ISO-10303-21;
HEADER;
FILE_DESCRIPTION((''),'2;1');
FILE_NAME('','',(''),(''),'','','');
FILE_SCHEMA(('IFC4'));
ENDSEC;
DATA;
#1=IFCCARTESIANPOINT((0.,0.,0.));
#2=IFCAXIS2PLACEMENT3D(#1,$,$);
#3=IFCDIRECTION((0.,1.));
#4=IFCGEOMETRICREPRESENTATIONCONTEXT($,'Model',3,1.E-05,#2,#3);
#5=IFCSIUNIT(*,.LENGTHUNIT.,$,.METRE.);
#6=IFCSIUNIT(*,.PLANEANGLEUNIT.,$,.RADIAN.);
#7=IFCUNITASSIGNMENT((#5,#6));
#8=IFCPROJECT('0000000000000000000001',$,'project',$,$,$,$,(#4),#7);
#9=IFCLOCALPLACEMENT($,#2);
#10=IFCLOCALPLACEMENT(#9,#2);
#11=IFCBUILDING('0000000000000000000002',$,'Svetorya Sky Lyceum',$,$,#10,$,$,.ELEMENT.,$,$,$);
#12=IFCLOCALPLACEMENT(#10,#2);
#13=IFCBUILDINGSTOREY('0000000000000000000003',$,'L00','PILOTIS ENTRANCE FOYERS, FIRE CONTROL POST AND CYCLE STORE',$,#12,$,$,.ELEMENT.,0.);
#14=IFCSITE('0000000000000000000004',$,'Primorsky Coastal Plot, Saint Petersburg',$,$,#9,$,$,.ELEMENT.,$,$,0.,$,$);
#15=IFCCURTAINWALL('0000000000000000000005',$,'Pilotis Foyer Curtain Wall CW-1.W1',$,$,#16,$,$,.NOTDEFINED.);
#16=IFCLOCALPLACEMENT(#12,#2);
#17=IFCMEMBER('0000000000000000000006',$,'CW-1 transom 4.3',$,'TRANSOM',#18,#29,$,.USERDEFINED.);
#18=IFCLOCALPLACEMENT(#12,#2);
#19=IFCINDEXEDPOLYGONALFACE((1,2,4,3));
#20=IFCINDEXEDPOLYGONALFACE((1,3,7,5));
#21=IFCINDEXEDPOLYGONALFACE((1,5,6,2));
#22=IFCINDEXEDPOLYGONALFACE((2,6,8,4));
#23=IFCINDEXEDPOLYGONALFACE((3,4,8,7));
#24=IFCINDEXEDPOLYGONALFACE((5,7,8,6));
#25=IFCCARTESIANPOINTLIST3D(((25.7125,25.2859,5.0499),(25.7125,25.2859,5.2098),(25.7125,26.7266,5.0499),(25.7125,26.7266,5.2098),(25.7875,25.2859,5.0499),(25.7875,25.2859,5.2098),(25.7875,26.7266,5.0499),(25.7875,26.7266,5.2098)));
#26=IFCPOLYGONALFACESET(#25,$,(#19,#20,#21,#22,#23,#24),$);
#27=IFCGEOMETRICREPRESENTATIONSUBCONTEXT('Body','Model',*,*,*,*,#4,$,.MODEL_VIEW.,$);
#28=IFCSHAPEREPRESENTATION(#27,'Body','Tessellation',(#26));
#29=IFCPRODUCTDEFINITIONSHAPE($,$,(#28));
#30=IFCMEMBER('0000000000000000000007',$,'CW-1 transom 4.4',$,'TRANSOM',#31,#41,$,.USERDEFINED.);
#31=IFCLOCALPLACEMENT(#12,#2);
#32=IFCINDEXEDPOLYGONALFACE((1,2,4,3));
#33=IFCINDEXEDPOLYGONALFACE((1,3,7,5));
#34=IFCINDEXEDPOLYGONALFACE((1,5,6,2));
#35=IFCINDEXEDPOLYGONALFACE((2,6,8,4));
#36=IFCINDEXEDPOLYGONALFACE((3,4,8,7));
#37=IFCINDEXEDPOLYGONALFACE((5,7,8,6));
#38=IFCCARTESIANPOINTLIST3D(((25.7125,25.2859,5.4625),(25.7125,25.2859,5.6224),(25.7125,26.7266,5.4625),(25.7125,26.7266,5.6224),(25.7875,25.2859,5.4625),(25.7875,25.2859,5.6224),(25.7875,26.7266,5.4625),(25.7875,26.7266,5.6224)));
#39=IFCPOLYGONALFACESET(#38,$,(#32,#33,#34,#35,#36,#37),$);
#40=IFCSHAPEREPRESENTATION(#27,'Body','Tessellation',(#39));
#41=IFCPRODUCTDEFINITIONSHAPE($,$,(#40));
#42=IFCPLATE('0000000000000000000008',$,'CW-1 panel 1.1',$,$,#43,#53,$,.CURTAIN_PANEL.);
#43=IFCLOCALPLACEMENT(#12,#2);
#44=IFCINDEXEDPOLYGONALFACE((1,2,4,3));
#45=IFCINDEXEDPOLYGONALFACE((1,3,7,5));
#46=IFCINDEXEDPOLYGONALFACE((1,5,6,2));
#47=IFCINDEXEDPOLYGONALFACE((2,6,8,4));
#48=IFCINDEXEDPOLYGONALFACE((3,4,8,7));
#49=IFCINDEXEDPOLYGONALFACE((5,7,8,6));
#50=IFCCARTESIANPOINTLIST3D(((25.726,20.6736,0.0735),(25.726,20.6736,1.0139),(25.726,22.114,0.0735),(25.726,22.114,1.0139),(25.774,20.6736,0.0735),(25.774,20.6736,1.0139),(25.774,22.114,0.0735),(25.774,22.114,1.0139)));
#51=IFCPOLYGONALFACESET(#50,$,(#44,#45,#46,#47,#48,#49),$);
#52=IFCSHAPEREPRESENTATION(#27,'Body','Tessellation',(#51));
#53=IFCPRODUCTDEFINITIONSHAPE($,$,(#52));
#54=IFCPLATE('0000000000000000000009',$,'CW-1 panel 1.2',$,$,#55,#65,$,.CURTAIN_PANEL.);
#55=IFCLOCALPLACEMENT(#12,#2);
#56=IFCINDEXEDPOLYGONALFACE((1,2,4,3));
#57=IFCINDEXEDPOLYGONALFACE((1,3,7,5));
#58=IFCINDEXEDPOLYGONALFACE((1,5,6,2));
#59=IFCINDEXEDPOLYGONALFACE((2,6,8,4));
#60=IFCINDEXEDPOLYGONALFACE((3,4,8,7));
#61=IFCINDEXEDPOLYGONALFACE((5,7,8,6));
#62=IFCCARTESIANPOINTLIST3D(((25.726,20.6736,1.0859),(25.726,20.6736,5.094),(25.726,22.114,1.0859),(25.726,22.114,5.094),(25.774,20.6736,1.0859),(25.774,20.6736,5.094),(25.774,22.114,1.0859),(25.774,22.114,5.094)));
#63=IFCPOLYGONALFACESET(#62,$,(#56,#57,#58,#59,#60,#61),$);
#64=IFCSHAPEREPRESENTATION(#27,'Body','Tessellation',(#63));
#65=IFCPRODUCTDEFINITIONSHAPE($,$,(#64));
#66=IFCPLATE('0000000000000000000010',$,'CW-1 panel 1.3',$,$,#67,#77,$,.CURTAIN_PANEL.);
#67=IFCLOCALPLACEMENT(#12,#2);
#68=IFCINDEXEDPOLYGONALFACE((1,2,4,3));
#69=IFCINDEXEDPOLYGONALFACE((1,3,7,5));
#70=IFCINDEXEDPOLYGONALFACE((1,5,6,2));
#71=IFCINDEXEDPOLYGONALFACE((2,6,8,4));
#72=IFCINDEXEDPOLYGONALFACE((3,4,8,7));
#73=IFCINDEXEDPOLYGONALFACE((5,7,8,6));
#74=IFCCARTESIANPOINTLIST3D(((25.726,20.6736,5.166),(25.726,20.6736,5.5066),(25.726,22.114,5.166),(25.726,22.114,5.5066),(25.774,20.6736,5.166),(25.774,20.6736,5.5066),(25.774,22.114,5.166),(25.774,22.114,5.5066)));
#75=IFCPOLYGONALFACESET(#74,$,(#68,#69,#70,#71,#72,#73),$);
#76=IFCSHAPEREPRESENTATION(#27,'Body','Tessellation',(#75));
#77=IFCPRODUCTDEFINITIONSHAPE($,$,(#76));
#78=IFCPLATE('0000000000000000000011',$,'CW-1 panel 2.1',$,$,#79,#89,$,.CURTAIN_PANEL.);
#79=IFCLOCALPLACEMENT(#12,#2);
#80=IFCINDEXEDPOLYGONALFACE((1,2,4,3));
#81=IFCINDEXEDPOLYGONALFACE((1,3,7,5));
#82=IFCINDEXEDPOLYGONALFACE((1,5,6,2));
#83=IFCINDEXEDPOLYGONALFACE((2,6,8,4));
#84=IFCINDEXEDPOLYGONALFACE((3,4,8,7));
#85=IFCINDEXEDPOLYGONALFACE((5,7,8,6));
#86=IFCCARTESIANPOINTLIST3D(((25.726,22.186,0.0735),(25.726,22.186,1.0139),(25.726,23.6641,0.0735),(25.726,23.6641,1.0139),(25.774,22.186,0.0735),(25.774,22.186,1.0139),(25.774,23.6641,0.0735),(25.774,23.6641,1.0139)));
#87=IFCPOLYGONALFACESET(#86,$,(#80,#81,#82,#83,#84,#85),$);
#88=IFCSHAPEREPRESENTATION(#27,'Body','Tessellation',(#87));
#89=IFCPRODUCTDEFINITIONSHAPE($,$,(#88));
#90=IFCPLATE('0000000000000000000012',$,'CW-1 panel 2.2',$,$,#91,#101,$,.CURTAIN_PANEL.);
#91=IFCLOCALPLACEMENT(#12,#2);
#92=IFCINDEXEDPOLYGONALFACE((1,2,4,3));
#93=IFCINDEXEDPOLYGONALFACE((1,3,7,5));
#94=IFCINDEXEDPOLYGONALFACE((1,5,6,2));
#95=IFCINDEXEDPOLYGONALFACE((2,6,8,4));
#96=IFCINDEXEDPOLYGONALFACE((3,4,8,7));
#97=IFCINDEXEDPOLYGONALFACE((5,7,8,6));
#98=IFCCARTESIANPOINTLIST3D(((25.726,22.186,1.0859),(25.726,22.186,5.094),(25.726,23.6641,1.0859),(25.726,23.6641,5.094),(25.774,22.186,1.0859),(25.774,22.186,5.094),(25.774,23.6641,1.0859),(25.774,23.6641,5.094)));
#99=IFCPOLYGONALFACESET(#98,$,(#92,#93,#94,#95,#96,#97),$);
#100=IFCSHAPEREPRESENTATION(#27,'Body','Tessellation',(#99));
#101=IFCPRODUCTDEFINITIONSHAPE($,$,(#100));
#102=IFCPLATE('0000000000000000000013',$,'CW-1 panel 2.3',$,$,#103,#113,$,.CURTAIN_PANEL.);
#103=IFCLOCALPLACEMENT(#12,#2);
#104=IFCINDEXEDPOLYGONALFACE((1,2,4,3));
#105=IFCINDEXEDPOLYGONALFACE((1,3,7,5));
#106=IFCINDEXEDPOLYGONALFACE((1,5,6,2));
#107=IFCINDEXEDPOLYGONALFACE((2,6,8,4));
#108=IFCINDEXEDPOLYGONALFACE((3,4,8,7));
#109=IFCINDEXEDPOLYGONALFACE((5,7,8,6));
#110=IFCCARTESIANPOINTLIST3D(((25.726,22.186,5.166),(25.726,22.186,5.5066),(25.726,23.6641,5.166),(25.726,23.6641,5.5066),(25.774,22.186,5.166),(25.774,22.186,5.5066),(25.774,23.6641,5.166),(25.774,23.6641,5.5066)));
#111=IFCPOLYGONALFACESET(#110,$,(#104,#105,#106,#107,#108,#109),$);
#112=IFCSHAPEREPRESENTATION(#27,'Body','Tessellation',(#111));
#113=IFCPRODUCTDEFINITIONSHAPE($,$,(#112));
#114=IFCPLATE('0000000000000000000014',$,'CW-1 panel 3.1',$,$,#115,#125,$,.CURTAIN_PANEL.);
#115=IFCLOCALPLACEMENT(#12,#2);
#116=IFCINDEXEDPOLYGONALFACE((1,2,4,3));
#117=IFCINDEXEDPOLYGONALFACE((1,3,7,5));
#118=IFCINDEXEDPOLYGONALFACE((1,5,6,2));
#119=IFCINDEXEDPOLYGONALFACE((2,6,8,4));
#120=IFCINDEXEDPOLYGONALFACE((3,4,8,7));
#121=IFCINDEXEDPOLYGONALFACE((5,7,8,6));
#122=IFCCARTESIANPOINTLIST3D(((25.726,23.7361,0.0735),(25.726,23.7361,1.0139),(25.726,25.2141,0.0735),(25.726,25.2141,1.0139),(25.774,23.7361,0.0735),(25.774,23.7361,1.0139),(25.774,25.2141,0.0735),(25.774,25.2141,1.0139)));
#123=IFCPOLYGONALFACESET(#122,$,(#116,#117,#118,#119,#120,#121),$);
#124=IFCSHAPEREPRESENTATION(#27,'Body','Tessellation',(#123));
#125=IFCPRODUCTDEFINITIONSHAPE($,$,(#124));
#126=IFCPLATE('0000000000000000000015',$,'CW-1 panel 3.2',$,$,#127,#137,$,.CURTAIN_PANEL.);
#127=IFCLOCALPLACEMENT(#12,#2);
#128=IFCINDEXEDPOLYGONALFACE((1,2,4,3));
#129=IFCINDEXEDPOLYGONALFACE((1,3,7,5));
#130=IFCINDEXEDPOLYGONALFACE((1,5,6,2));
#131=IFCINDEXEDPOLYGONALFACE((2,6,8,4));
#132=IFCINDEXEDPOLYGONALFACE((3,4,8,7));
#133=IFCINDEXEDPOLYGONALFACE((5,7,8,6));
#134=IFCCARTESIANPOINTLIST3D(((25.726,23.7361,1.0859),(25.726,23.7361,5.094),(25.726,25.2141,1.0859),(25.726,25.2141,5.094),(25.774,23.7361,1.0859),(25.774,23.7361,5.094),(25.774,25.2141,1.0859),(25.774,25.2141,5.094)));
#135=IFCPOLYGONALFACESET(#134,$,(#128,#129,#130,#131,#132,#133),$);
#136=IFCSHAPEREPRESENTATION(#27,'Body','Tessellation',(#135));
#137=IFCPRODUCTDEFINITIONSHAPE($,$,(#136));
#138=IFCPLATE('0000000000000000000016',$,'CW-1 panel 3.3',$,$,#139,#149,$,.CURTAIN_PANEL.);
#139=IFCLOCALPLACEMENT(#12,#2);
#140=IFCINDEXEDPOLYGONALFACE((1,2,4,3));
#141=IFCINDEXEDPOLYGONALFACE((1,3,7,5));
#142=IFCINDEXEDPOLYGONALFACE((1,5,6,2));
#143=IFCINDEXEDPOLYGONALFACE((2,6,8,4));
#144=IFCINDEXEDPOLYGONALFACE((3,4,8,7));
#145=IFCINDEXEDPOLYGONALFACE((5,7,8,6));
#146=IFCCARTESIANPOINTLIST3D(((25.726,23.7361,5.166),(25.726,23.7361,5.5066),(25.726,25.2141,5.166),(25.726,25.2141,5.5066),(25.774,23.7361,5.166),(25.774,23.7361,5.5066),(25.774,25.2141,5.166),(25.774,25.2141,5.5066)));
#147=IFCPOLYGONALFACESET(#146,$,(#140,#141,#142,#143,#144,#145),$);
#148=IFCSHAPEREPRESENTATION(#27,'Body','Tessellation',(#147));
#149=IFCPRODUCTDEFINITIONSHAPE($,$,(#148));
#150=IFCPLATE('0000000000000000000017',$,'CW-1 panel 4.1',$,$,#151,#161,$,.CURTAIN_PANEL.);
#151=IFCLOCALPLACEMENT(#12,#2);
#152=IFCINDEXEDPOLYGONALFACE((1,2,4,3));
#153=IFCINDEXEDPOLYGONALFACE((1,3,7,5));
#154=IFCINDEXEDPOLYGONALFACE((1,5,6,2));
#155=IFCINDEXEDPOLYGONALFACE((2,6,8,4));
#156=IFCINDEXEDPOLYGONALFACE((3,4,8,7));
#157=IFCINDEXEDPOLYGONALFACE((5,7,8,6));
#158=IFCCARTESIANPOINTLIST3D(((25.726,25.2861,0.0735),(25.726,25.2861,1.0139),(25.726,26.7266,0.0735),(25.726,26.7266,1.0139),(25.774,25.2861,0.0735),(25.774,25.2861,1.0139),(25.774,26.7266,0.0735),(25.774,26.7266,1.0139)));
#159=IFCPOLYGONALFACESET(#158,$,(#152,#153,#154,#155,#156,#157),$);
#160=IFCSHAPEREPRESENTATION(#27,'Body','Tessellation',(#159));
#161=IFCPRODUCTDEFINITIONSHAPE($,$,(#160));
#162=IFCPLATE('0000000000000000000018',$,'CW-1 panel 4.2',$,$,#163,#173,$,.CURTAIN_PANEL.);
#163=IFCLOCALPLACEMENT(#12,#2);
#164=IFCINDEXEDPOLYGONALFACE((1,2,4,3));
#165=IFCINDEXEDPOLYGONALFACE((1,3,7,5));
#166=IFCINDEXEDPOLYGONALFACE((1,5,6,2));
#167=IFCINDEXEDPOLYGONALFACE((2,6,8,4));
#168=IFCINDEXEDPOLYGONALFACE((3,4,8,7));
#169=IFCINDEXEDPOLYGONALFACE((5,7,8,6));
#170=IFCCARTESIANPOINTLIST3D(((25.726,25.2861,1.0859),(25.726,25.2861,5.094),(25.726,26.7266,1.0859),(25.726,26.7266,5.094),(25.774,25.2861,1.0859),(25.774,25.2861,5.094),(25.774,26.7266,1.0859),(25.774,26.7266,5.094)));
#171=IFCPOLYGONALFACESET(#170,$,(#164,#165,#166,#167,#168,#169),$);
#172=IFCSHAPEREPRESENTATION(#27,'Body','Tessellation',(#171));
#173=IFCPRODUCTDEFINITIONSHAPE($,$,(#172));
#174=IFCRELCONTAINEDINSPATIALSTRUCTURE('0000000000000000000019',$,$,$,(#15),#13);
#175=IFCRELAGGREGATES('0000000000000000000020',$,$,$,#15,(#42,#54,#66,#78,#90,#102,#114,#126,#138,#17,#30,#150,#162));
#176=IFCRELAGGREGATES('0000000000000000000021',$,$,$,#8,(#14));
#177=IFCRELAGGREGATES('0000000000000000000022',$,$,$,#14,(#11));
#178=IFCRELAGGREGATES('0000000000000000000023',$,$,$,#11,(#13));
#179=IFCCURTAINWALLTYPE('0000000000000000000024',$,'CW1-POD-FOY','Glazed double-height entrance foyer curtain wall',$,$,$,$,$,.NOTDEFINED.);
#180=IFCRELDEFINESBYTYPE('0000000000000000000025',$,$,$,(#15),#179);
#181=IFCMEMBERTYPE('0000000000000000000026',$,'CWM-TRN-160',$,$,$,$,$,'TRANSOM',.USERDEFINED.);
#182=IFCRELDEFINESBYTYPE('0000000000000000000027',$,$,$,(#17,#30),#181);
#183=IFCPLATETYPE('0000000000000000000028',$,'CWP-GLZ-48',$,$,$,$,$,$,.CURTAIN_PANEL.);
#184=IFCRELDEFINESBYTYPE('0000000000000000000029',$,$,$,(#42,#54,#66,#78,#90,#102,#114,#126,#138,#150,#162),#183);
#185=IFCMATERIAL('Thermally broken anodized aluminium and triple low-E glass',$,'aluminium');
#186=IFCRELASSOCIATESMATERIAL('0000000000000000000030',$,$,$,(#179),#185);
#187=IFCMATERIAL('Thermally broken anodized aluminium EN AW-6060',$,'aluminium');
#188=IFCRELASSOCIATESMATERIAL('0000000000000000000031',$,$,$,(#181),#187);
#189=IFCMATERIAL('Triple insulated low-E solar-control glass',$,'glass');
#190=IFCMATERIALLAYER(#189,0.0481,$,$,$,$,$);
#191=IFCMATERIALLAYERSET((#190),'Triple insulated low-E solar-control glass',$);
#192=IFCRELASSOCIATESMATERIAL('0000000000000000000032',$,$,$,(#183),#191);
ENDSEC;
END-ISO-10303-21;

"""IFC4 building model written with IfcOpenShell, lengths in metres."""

from ifc_helpers import new_model, si_unit, direction, frame, origin, origin_2d, place, context, subcontext, project, spatial, rectangle, extrude, material, layer, layer_set, material_profile, profile_set, type_object, element, aggregate, save


model = new_model("IFC4")

# Units and contexts
model_context = context("Model", 3, precision=1e-05, world=origin(), true_north=direction((0.0, 1.0)))
body_context = subcontext(model_context, "Body", "Model", "MODEL_VIEW")
ifc_project = project(units=[si_unit("LENGTHUNIT", "METRE"), si_unit("PLANEANGLEUNIT", "RADIAN")], contexts=[model_context])

# Site, building, storey
site_placement = place(None, origin())
site = spatial("IfcSite", under=ifc_project, at=site_placement, Name="Primorsky Coastal Plot, Saint Petersburg", CompositionType="ELEMENT", RefElevation=0.0)
building_placement = place(site_placement, origin())
building = spatial("IfcBuilding", under=site, at=building_placement, Name="Svetorya Sky Lyceum", CompositionType="ELEMENT")
storey_placement = place(building_placement, origin())
storey = spatial("IfcBuildingStorey", under=building, at=storey_placement, Name="L00", Description="PILOTIS ENTRANCE FOYERS, FIRE CONTROL POST AND CYCLE STORE", CompositionType="ELEMENT", Elevation=0.0)

# Curtain wall, members, plates
ifc_material_1 = material(Name="Thermally broken anodized aluminium and triple low-E glass", Category="aluminium")
curtain_wall_type = type_object("IfcCurtainWallType", Name="CW1-POD-FOY", Description="Glazed double-height entrance foyer curtain wall", PredefinedType="NOTDEFINED", material=ifc_material_1)
curtain_wall_placement = place(storey_placement, origin())
curtain_wall = element("IfcCurtainWall", 1, at=curtain_wall_placement, inside=storey, type_object=curtain_wall_type, Name="Pilotis Foyer Curtain Wall CW-1.W1", PredefinedType="NOTDEFINED")
ifc_material_2 = material(Name="Thermally broken anodized aluminium EN AW-6060", Category="aluminium")
ifc_material_profile_1 = material_profile(ifc_material_2, rectangle(XDim=0.075, YDim=0.1599, at=origin_2d()), Name="ALU TRANSOM 75x160")
ifc_profile_set_1 = profile_set([ifc_material_profile_1], Name="Thermally broken anodized aluminium EN AW-6060")
member_type_1 = type_object("IfcMemberType", Name="CWM-TRN-160", ElementType="TRANSOM", PredefinedType="USERDEFINED", material=ifc_profile_set_1)
member_1_placement = place(storey_placement, frame((25.75, 25.2859, 5.1299), z_axis=(0.0, 1.0, 0.0), x_axis=(-1.0, 0.0, 0.0)))
member_1 = element("IfcMember", 2, at=member_1_placement, type_object=member_type_1, Name="CW-1 transom 4.3", ObjectType="TRANSOM", PredefinedType="USERDEFINED", context=body_context, shape_type="SweptSolid", body=[
    extrude(rectangle(XDim=0.075, YDim=0.1599, at=origin_2d()), origin(), (0.0, 0.0, 1.0), 1.4407),
])
member_2_placement = place(storey_placement, frame((25.75, 25.2859, 5.5425), z_axis=(0.0, 1.0, 0.0), x_axis=(-1.0, 0.0, 0.0)))
member_2 = element("IfcMember", 3, at=member_2_placement, type_object=member_type_1, Name="CW-1 transom 4.4", ObjectType="TRANSOM", PredefinedType="USERDEFINED", context=body_context, shape_type="SweptSolid", body=[
    extrude(rectangle(XDim=0.075, YDim=0.1599, at=origin_2d()), origin(), (0.0, 0.0, 1.0), 1.4407),
])
ifc_material_3 = material(Name="Triple insulated low-E solar-control glass", Category="glass")
ifc_layer = layer(ifc_material_3, 0.0481)
ifc_layer_set = layer_set([ifc_layer], Name="Triple insulated low-E solar-control glass")
plate_type = type_object("IfcPlateType", Name="CWP-GLZ-48", PredefinedType="CURTAIN_PANEL", material=ifc_layer_set)
plate_1_placement = place(storey_placement, frame((25.75, 21.3938, 0.0735), z_axis=(0.0, 0.0, 1.0), x_axis=(0.0, 1.0, 0.0)))
plate_1 = element("IfcPlate", 4, at=plate_1_placement, type_object=plate_type, Name="CW-1 panel 1.1", PredefinedType="CURTAIN_PANEL", context=body_context, shape_type="SweptSolid", body=[
    extrude(rectangle(XDim=1.4404, YDim=0.0481, at=origin_2d()), origin(), (0.0, 0.0, 1.0), 0.9404),
])
plate_2_placement = place(storey_placement, frame((25.75, 21.3938, 1.0859), z_axis=(0.0, 0.0, 1.0), x_axis=(0.0, 1.0, 0.0)))
plate_2 = element("IfcPlate", 5, at=plate_2_placement, type_object=plate_type, Name="CW-1 panel 1.2", PredefinedType="CURTAIN_PANEL", context=body_context, shape_type="SweptSolid", body=[
    extrude(rectangle(XDim=1.4404, YDim=0.0481, at=origin_2d()), origin(), (0.0, 0.0, 1.0), 4.0081),
])
plate_3_placement = place(storey_placement, frame((25.75, 21.3938, 5.166), z_axis=(0.0, 0.0, 1.0), x_axis=(0.0, 1.0, 0.0)))
plate_3 = element("IfcPlate", 6, at=plate_3_placement, type_object=plate_type, Name="CW-1 panel 1.3", PredefinedType="CURTAIN_PANEL", context=body_context, shape_type="SweptSolid", body=[
    extrude(rectangle(XDim=1.4404, YDim=0.0481, at=origin_2d()), origin(), (0.0, 0.0, 1.0), 0.3406),
])
plate_4_placement = place(storey_placement, frame((25.75, 22.925, 0.0735), z_axis=(0.0, 0.0, 1.0), x_axis=(0.0, 1.0, 0.0)))
plate_4 = element("IfcPlate", 7, at=plate_4_placement, type_object=plate_type, Name="CW-1 panel 2.1", PredefinedType="CURTAIN_PANEL", context=body_context, shape_type="SweptSolid", body=[
    extrude(rectangle(XDim=1.478, YDim=0.0481, at=origin_2d()), origin(), (0.0, 0.0, 1.0), 0.9404),
])
plate_5_placement = place(storey_placement, frame((25.75, 22.925, 1.0859), z_axis=(0.0, 0.0, 1.0), x_axis=(0.0, 1.0, 0.0)))
plate_5 = element("IfcPlate", 8, at=plate_5_placement, type_object=plate_type, Name="CW-1 panel 2.2", PredefinedType="CURTAIN_PANEL", context=body_context, shape_type="SweptSolid", body=[
    extrude(rectangle(XDim=1.478, YDim=0.0481, at=origin_2d()), origin(), (0.0, 0.0, 1.0), 4.0081),
])
plate_6_placement = place(storey_placement, frame((25.75, 22.925, 5.166), z_axis=(0.0, 0.0, 1.0), x_axis=(0.0, 1.0, 0.0)))
plate_6 = element("IfcPlate", 9, at=plate_6_placement, type_object=plate_type, Name="CW-1 panel 2.3", PredefinedType="CURTAIN_PANEL", context=body_context, shape_type="SweptSolid", body=[
    extrude(rectangle(XDim=1.478, YDim=0.0481, at=origin_2d()), origin(), (0.0, 0.0, 1.0), 0.3406),
])
plate_7_placement = place(storey_placement, frame((25.75, 24.4751, 0.0735), z_axis=(0.0, 0.0, 1.0), x_axis=(0.0, 1.0, 0.0)))
plate_7 = element("IfcPlate", 10, at=plate_7_placement, type_object=plate_type, Name="CW-1 panel 3.1", PredefinedType="CURTAIN_PANEL", context=body_context, shape_type="SweptSolid", body=[
    extrude(rectangle(XDim=1.478, YDim=0.0481, at=origin_2d()), origin(), (0.0, 0.0, 1.0), 0.9404),
])
plate_8_placement = place(storey_placement, frame((25.75, 24.4751, 1.0859), z_axis=(0.0, 0.0, 1.0), x_axis=(0.0, 1.0, 0.0)))
plate_8 = element("IfcPlate", 11, at=plate_8_placement, type_object=plate_type, Name="CW-1 panel 3.2", PredefinedType="CURTAIN_PANEL", context=body_context, shape_type="SweptSolid", body=[
    extrude(rectangle(XDim=1.478, YDim=0.0481, at=origin_2d()), origin(), (0.0, 0.0, 1.0), 4.0081),
])
plate_9_placement = place(storey_placement, frame((25.75, 24.4751, 5.166), z_axis=(0.0, 0.0, 1.0), x_axis=(0.0, 1.0, 0.0)))
plate_9 = element("IfcPlate", 12, at=plate_9_placement, type_object=plate_type, Name="CW-1 panel 3.3", PredefinedType="CURTAIN_PANEL", context=body_context, shape_type="SweptSolid", body=[
    extrude(rectangle(XDim=1.478, YDim=0.0481, at=origin_2d()), origin(), (0.0, 0.0, 1.0), 0.3406),
])
plate_10_placement = place(storey_placement, frame((25.75, 26.0063, 0.0735), z_axis=(0.0, 0.0, 1.0), x_axis=(0.0, 1.0, 0.0)))
plate_10 = element("IfcPlate", 13, at=plate_10_placement, type_object=plate_type, Name="CW-1 panel 4.1", PredefinedType="CURTAIN_PANEL", context=body_context, shape_type="SweptSolid", body=[
    extrude(rectangle(XDim=1.4404, YDim=0.0481, at=origin_2d()), origin(), (0.0, 0.0, 1.0), 0.9404),
])
plate_11_placement = place(storey_placement, frame((25.75, 26.0063, 1.0859), z_axis=(0.0, 0.0, 1.0), x_axis=(0.0, 1.0, 0.0)))
plate_11 = element("IfcPlate", 14, at=plate_11_placement, type_object=plate_type, Name="CW-1 panel 4.2", PredefinedType="CURTAIN_PANEL", context=body_context, shape_type="SweptSolid", body=[
    extrude(rectangle(XDim=1.4404, YDim=0.0481, at=origin_2d()), origin(), (0.0, 0.0, 1.0), 4.0081),
])
aggregate(curtain_wall, [plate_1, plate_2, plate_3, plate_4, plate_5, plate_6, plate_7, plate_8, plate_9, member_1, member_2, plate_10, plate_11])

save(model, "model.ifc")
